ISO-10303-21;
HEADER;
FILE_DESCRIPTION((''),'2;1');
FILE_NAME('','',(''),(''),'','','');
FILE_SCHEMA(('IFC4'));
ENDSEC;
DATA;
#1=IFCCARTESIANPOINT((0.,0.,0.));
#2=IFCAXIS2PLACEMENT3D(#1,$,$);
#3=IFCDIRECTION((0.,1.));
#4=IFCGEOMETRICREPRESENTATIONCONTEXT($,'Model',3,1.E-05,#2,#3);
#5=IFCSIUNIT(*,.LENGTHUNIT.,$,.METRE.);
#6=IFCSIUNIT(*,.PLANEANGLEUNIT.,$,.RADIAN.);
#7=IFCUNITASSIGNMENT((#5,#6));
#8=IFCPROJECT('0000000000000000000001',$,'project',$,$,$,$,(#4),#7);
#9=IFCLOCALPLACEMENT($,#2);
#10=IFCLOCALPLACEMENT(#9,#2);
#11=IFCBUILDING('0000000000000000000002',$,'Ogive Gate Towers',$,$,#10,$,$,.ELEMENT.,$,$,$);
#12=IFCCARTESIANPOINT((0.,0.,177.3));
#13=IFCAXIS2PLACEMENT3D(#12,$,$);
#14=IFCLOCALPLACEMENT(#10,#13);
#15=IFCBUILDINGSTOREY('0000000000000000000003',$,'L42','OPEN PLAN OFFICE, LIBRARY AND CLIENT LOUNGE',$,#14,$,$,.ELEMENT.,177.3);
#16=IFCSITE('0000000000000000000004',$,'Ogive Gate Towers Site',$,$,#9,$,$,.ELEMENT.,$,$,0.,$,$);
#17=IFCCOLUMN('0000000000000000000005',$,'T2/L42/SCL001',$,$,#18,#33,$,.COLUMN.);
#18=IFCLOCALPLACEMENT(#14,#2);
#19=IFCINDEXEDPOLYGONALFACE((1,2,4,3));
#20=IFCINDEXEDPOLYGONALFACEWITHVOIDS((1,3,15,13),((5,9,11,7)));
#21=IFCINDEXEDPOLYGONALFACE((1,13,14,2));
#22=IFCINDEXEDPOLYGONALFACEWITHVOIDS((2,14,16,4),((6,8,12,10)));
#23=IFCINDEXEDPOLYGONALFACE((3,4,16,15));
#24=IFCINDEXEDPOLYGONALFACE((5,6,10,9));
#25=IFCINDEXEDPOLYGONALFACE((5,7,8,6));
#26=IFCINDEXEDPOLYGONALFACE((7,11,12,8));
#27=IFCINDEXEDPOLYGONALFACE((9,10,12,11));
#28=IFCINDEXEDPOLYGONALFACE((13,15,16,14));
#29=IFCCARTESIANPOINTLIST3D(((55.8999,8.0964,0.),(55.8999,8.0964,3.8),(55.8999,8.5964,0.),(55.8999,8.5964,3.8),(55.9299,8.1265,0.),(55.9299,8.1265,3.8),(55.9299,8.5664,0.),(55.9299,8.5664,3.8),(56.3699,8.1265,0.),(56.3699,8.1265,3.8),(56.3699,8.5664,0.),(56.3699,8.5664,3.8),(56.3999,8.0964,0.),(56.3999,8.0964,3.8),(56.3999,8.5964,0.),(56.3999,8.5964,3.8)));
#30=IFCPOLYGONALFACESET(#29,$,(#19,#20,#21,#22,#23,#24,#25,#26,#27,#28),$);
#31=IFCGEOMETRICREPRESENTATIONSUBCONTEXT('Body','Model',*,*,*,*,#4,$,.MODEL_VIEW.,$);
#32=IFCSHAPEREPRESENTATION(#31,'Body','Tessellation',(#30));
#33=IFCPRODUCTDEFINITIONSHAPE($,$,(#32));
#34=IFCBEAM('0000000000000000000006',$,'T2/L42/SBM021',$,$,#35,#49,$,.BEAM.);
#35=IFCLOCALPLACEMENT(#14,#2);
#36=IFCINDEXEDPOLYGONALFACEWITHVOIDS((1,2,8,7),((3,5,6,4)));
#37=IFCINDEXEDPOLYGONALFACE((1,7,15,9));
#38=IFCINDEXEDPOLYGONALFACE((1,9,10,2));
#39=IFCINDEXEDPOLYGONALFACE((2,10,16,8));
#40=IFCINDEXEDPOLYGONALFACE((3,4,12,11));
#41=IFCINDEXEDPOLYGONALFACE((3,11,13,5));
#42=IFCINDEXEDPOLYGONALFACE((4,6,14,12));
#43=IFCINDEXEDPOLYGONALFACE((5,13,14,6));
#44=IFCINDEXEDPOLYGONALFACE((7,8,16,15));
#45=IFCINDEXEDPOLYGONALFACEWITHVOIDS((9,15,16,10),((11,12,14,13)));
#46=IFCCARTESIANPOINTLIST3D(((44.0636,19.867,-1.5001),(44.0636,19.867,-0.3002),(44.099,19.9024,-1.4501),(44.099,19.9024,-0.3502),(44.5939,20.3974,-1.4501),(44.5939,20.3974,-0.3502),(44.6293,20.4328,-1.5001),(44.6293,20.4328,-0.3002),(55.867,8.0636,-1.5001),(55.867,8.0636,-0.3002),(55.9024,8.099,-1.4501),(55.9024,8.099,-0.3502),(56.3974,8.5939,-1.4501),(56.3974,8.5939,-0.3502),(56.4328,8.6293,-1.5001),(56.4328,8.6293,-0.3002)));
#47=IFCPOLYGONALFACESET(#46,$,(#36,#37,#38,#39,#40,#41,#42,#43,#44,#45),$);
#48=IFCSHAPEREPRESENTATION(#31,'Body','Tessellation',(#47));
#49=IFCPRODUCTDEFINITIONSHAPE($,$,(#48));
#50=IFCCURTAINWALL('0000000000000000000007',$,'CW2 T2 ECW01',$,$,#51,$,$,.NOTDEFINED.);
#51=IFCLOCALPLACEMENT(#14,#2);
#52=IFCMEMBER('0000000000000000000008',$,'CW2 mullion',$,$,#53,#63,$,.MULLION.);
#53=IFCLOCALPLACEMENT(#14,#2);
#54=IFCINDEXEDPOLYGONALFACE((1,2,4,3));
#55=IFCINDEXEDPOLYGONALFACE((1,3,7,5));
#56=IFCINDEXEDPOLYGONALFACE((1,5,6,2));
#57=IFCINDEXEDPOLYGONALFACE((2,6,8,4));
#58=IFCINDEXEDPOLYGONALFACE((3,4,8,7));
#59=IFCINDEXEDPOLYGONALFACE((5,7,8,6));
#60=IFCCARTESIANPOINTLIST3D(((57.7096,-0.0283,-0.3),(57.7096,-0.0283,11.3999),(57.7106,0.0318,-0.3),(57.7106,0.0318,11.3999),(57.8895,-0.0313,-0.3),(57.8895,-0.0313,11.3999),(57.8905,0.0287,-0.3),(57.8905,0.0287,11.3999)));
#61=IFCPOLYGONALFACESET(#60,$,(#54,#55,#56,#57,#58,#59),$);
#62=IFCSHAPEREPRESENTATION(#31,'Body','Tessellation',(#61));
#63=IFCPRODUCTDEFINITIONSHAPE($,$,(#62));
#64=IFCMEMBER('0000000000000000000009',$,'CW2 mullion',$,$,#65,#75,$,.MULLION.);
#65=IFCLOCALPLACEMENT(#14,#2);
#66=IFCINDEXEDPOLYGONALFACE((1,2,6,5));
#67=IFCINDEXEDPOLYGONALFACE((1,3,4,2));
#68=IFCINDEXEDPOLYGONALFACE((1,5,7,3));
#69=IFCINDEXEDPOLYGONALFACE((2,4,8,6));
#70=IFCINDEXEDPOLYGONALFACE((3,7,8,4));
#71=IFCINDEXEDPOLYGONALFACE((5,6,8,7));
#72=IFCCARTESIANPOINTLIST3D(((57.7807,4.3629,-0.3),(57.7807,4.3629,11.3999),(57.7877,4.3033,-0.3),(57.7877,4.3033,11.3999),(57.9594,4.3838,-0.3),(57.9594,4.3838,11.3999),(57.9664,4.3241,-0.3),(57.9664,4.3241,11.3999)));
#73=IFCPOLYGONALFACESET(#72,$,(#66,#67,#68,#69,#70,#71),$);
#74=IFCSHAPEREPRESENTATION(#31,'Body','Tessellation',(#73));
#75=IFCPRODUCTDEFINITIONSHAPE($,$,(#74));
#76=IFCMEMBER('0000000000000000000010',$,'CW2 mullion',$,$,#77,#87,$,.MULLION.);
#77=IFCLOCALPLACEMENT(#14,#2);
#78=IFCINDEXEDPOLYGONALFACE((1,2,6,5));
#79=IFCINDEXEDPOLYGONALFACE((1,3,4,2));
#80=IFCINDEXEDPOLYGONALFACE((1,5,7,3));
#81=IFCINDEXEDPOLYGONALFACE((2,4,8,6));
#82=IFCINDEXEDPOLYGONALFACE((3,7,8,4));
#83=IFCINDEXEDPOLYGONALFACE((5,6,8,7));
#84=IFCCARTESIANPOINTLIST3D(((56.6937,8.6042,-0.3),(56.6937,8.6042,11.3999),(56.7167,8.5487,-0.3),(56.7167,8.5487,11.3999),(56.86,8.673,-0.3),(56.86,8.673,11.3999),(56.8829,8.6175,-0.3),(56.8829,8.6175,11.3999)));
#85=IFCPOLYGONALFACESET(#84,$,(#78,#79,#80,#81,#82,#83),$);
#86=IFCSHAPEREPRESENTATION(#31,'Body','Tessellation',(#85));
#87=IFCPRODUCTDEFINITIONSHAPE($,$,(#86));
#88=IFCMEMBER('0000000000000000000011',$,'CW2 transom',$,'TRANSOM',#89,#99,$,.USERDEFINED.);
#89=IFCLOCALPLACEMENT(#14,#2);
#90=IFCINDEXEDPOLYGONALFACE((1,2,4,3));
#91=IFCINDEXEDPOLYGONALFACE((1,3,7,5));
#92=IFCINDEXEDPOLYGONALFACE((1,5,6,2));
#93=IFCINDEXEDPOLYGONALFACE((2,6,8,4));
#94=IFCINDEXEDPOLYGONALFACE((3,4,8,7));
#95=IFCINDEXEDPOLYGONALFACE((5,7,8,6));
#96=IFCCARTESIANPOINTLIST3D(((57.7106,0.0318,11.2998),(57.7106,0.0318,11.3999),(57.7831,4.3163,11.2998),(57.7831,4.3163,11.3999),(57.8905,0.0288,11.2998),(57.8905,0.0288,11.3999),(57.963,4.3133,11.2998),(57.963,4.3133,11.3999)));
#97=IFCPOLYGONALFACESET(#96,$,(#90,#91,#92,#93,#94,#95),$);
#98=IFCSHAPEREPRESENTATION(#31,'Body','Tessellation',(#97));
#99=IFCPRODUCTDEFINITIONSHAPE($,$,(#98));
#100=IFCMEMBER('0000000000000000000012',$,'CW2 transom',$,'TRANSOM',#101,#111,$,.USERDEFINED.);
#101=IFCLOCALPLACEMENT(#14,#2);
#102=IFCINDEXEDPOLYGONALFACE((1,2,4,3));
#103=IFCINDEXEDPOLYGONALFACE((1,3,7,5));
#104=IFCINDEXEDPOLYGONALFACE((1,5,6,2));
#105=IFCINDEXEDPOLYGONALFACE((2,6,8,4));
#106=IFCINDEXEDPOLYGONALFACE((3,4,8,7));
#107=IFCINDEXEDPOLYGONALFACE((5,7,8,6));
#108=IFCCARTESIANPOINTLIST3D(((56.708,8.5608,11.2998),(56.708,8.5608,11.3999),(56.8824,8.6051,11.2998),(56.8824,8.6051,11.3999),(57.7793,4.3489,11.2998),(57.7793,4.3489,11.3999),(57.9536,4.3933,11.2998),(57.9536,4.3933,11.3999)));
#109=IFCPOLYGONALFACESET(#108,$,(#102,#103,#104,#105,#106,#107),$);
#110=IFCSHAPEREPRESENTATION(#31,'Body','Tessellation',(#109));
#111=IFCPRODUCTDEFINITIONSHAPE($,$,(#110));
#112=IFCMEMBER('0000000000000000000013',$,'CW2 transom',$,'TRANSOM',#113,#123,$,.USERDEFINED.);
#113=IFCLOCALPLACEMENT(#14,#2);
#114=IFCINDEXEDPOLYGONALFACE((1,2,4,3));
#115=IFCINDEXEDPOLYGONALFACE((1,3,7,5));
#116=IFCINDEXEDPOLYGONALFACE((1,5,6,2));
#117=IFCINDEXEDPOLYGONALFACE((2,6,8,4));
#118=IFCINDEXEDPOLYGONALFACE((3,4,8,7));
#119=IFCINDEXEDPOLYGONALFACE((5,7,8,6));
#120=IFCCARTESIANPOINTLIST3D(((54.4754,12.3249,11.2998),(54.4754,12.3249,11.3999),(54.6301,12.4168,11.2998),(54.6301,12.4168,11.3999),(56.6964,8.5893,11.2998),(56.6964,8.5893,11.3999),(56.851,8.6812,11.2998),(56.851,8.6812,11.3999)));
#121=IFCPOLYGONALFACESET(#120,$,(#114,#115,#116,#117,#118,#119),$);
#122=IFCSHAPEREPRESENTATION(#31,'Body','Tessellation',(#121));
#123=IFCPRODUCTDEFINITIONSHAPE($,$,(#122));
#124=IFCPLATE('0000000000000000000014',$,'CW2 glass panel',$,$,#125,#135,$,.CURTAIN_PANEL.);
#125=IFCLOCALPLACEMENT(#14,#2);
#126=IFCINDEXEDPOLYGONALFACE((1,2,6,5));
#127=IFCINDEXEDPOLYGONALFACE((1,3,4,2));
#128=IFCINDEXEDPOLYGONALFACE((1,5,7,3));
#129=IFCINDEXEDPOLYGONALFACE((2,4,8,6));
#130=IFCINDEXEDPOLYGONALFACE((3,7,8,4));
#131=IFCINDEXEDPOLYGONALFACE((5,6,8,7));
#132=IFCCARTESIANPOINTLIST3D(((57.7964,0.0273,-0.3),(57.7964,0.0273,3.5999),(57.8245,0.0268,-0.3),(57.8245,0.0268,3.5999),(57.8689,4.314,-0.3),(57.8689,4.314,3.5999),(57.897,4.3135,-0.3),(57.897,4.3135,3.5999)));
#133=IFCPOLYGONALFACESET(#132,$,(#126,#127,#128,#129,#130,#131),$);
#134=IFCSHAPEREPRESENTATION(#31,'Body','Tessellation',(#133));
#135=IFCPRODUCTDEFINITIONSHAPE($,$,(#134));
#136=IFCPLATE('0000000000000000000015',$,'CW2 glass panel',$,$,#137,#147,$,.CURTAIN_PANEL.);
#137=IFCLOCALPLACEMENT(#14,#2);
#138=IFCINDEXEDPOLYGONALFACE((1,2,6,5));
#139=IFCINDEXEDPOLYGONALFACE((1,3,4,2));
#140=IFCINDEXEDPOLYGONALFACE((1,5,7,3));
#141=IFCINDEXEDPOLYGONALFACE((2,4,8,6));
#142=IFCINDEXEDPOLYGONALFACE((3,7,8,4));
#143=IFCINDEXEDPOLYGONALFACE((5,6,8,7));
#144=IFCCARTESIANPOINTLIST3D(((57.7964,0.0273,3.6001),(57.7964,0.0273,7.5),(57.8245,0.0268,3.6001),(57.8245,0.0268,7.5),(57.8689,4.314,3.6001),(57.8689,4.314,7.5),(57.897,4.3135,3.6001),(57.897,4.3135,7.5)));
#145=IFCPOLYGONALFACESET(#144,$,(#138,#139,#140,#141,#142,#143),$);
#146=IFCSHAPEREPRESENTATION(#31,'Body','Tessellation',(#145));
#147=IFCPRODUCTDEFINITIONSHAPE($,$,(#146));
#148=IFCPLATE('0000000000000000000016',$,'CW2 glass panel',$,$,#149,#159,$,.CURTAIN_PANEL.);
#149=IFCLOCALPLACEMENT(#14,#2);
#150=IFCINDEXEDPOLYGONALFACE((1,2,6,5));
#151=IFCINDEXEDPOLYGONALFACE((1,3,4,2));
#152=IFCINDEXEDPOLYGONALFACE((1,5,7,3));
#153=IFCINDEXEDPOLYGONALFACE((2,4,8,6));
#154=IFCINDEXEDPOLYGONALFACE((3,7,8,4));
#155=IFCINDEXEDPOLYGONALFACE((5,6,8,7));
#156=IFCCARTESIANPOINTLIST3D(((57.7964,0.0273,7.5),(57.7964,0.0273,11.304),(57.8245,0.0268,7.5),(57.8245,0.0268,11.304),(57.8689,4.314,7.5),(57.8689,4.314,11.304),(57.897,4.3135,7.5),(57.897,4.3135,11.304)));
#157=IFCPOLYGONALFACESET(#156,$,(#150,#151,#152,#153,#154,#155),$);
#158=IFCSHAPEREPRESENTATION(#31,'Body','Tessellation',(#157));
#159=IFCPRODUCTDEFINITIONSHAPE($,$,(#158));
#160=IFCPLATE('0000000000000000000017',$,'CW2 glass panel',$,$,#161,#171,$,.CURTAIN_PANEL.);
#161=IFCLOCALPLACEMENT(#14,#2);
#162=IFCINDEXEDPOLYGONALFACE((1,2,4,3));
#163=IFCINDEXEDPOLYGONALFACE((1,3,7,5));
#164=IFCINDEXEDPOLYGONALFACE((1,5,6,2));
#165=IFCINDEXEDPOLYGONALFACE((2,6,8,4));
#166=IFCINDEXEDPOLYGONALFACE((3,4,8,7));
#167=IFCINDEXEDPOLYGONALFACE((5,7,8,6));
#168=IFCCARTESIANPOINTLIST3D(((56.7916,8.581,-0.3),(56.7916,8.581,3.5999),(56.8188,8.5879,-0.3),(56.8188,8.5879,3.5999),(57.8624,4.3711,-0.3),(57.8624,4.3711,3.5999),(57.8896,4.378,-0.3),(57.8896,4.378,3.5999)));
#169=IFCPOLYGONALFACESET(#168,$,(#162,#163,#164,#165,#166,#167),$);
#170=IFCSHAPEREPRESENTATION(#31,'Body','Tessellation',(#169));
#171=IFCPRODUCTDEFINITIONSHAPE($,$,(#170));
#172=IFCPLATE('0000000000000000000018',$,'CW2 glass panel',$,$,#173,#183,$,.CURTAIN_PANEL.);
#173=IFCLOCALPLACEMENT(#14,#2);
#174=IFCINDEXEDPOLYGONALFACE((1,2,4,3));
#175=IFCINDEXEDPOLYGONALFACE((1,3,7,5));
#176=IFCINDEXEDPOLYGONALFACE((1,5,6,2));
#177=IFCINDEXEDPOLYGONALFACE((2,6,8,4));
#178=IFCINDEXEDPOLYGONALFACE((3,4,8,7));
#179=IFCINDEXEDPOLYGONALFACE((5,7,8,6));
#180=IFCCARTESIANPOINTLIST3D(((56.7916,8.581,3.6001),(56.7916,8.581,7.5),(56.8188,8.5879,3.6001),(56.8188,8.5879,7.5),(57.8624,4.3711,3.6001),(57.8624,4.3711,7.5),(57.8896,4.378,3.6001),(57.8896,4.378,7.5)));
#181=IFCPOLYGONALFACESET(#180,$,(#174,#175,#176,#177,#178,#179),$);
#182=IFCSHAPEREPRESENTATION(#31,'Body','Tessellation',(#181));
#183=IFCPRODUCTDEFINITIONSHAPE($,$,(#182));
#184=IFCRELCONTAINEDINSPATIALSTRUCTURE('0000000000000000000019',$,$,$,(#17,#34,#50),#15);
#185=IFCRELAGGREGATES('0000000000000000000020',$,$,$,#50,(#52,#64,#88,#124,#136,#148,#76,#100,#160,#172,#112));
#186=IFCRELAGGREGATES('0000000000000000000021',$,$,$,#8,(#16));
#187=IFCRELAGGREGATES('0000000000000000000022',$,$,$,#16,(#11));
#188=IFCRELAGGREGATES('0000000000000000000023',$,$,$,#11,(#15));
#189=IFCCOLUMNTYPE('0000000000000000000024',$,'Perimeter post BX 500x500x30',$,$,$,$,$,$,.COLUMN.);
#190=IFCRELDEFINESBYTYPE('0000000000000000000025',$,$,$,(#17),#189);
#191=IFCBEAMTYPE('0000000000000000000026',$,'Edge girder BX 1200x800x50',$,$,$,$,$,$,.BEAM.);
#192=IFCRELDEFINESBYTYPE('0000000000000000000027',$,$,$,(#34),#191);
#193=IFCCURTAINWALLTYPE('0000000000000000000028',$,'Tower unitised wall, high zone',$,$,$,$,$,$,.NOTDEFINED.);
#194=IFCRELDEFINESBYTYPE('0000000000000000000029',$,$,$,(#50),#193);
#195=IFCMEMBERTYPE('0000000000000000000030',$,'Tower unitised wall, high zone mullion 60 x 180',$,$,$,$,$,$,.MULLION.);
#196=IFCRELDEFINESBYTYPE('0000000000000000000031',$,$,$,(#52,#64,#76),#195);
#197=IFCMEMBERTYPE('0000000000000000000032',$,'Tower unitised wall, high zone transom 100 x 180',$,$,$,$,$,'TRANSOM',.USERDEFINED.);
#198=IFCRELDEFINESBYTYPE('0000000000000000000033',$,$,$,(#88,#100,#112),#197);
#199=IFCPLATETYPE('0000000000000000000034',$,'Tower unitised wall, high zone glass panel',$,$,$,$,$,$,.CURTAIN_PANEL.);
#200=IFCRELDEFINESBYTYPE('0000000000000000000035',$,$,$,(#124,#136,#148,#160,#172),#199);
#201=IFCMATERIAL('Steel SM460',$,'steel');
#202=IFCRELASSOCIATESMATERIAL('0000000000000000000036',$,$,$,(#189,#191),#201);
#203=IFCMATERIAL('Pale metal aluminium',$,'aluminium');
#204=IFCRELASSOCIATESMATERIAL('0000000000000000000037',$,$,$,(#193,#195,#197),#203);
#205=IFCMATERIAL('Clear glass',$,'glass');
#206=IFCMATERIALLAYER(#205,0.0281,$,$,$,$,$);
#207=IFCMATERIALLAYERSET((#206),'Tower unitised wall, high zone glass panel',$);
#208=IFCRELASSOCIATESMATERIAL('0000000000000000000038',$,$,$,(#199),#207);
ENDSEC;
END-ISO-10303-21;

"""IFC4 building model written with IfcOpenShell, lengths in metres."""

from ifc_helpers import new_model, si_unit, direction, frame, origin, origin_2d, place, context, subcontext, project, spatial, rectangle, hollow_rectangle, extrude, material, layer, layer_set, material_profile, profile_set, type_object, element, aggregate, save


model = new_model("IFC4")

# Units and contexts
model_context = context("Model", 3, precision=1e-05, world=origin(), true_north=direction((0.0, 1.0)))
body_context = subcontext(model_context, "Body", "Model", "MODEL_VIEW")
ifc_project = project(units=[si_unit("LENGTHUNIT", "METRE"), si_unit("PLANEANGLEUNIT", "RADIAN")], contexts=[model_context])

# Site, building, storey
site_placement = place(None, origin())
site = spatial("IfcSite", under=ifc_project, at=site_placement, Name="Ogive Gate Towers Site", CompositionType="ELEMENT", RefElevation=0.0)
building_placement = place(site_placement, origin())
building = spatial("IfcBuilding", under=site, at=building_placement, Name="Ogive Gate Towers", CompositionType="ELEMENT")
storey_placement = place(building_placement, frame((0.0, 0.0, 177.3)))
storey = spatial("IfcBuildingStorey", under=building, at=storey_placement, Name="L42", Description="OPEN PLAN OFFICE, LIBRARY AND CLIENT LOUNGE", CompositionType="ELEMENT", Elevation=177.3)

# Column
ifc_material_1 = material(Name="Steel SM460", Category="steel")
ifc_material_profile_1 = material_profile(ifc_material_1, hollow_rectangle(XDim=0.5, YDim=0.5, WallThickness=0.03, at=origin_2d()), Name="BX 500x500x30")
ifc_profile_set_1 = profile_set([ifc_material_profile_1], Name="Steel SM460")
column_type = type_object("IfcColumnType", Name="Perimeter post BX 500x500x30", PredefinedType="COLUMN", material=ifc_profile_set_1)
column_placement = place(storey_placement, frame((56.1499, 8.3464, 0.0), z_axis=(0.0, 0.0, 1.0), x_axis=(1.0, 0.0, 0.0)))
element("IfcColumn", 1, at=column_placement, inside=storey, type_object=column_type, Name="T2/L42/SCL001", PredefinedType="COLUMN", context=body_context, shape_type="SweptSolid", body=[
    extrude(hollow_rectangle(XDim=0.5, YDim=0.5, WallThickness=0.03, at=origin_2d()), origin(), (0.0, 0.0, 1.0), 3.8),
])

# Beam
ifc_material_profile_2 = material_profile(ifc_material_1, hollow_rectangle(XDim=0.8, YDim=1.2, WallThickness=0.05, at=origin_2d()), Name="BX 1200x800x50")
ifc_profile_set_2 = profile_set([ifc_material_profile_2], Name="Steel SM460")
beam_type = type_object("IfcBeamType", Name="Edge girder BX 1200x800x50", PredefinedType="BEAM", material=ifc_profile_set_2)
beam_placement = place(storey_placement, frame((56.1499, 8.3464, -0.9001), z_axis=(-0.707107, 0.707107, 0.0), x_axis=(-0.707107, -0.707107, 0.0)))
element("IfcBeam", 2, at=beam_placement, inside=storey, type_object=beam_type, Name="T2/L42/SBM021", PredefinedType="BEAM", context=body_context, shape_type="SweptSolid", body=[
    extrude(hollow_rectangle(XDim=0.8, YDim=1.2, WallThickness=0.05, at=origin_2d()), origin(), (0.0, 0.0, 1.0), 16.6926),
])

# Curtain wall, members, plates
ifc_material_2 = material(Name="Pale metal aluminium", Category="aluminium")
curtain_wall_type = type_object("IfcCurtainWallType", Name="Tower unitised wall, high zone", PredefinedType="NOTDEFINED", material=ifc_material_2)
curtain_wall_placement = place(storey_placement, origin())
curtain_wall = element("IfcCurtainWall", 3, at=curtain_wall_placement, inside=storey, type_object=curtain_wall_type, Name="CW2 T2 ECW01", PredefinedType="NOTDEFINED")
ifc_material_profile_3 = material_profile(ifc_material_2, rectangle(XDim=0.1799, YDim=0.0601, at=origin_2d()), Name="60 x 180 aluminium box")
ifc_profile_set_3 = profile_set([ifc_material_profile_3], Name="Pale metal aluminium")
member_type_1 = type_object("IfcMemberType", Name="Tower unitised wall, high zone mullion 60 x 180", PredefinedType="MULLION", material=ifc_profile_set_3)
member_1_placement = place(storey_placement, frame((57.8, 0.0002, -0.3), z_axis=(0.0, 0.0, 1.0), x_axis=(0.999857, -0.016911, 0.0)))
member_1 = element("IfcMember", 4, at=member_1_placement, type_object=member_type_1, Name="CW2 mullion", PredefinedType="MULLION", context=body_context, shape_type="SweptSolid", body=[
    extrude(rectangle(XDim=0.1799, YDim=0.0601, at=origin_2d()), origin(), (0.0, 0.0, 1.0), 11.7),
])
member_2_placement = place(storey_placement, frame((57.8735, 4.3435, -0.3), z_axis=(0.0, 0.0, 1.0), x_axis=(0.993272, 0.115804, 0.0)))
member_2 = element("IfcMember", 5, at=member_2_placement, type_object=member_type_1, Name="CW2 mullion", PredefinedType="MULLION", context=body_context, shape_type="SweptSolid", body=[
    extrude(rectangle(XDim=0.1799, YDim=0.0601, at=origin_2d()), origin(), (0.0, 0.0, 1.0), 11.7),
])
member_3_placement = place(storey_placement, frame((56.7883, 8.6108, -0.3), z_axis=(0.0, 0.0, 1.0), x_axis=(0.92388, 0.382683, 0.0)))
member_3 = element("IfcMember", 6, at=member_3_placement, type_object=member_type_1, Name="CW2 mullion", PredefinedType="MULLION", context=body_context, shape_type="SweptSolid", body=[
    extrude(rectangle(XDim=0.1799, YDim=0.0601, at=origin_2d()), origin(), (0.0, 0.0, 1.0), 11.7),
])
ifc_material_profile_4 = material_profile(ifc_material_2, rectangle(XDim=0.1799, YDim=0.1001, at=origin_2d()), Name="100 x 180 aluminium box")
ifc_profile_set_4 = profile_set([ifc_material_profile_4], Name="Pale metal aluminium")
member_type_2 = type_object("IfcMemberType", Name="Tower unitised wall, high zone transom 100 x 180", ElementType="TRANSOM", PredefinedType="USERDEFINED", material=ifc_profile_set_4)
member_4_placement = place(storey_placement, frame((57.8005, 0.0303, 11.3499), z_axis=(0.016922, 0.999857, 0.0), x_axis=(-0.999857, 0.016922, 0.0)))
member_4 = element("IfcMember", 7, at=member_4_placement, type_object=member_type_2, Name="CW2 transom", ObjectType="TRANSOM", PredefinedType="USERDEFINED", context=body_context, shape_type="SweptSolid", body=[
    extrude(rectangle(XDim=0.1799, YDim=0.1001, at=origin_2d()), origin(), (0.0, 0.0, 1.0), 4.2852),
])
member_5_placement = place(storey_placement, frame((57.8665, 4.3711, 11.3499), z_axis=(-0.246499, 0.969143, 0.0), x_axis=(-0.969143, -0.246499, 0.0)))
member_5 = element("IfcMember", 8, at=member_5_placement, type_object=member_type_2, Name="CW2 transom", ObjectType="TRANSOM", PredefinedType="USERDEFINED", context=body_context, shape_type="SweptSolid", body=[
    extrude(rectangle(XDim=0.1799, YDim=0.1001, at=origin_2d()), origin(), (0.0, 0.0, 1.0), 4.3459),
])
member_6_placement = place(storey_placement, frame((56.7737, 8.6353, 11.3499), z_axis=(-0.511038, 0.859558, 0.0), x_axis=(-0.859558, -0.511038, 0.0)))
member_6 = element("IfcMember", 9, at=member_6_placement, type_object=member_type_2, Name="CW2 transom", ObjectType="TRANSOM", PredefinedType="USERDEFINED", context=body_context, shape_type="SweptSolid", body=[
    extrude(rectangle(XDim=0.1799, YDim=0.1001, at=origin_2d()), origin(), (0.0, 0.0, 1.0), 4.3459),
])
ifc_material_3 = material(Name="Clear glass", Category="glass")
ifc_layer_1 = layer(ifc_material_3, 0.0281)
ifc_layer_set_1 = layer_set([ifc_layer_1], Name="Tower unitised wall, high zone glass panel")
plate_type = type_object("IfcPlateType", Name="Tower unitised wall, high zone glass panel", PredefinedType="CURTAIN_PANEL", material=ifc_layer_set_1)
plate_1_placement = place(storey_placement, frame((57.8467, 2.1704, -0.3), z_axis=(0.0, 0.0, 1.0), x_axis=(0.016911, 0.999857, 0.0)))
plate_1 = element("IfcPlate", 10, at=plate_1_placement, type_object=plate_type, Name="CW2 glass panel", PredefinedType="CURTAIN_PANEL", context=body_context, shape_type="SweptSolid", body=[
    extrude(rectangle(XDim=4.2874, YDim=0.0281, at=origin_2d()), origin(), (0.0, 0.0, 1.0), 3.8999),
])
plate_2_placement = place(storey_placement, frame((57.8467, 2.1704, 3.6001), z_axis=(0.0, 0.0, 1.0), x_axis=(0.016911, 0.999857, 0.0)))
plate_2 = element("IfcPlate", 11, at=plate_2_placement, type_object=plate_type, Name="CW2 glass panel", PredefinedType="CURTAIN_PANEL", context=body_context, shape_type="SweptSolid", body=[
    extrude(rectangle(XDim=4.2874, YDim=0.0281, at=origin_2d()), origin(), (0.0, 0.0, 1.0), 3.8999),
])
plate_3_placement = place(storey_placement, frame((57.8467, 2.1704, 7.5), z_axis=(0.0, 0.0, 1.0), x_axis=(0.016911, 0.999857, 0.0)))
plate_3 = element("IfcPlate", 12, at=plate_3_placement, type_object=plate_type, Name="CW2 glass panel", PredefinedType="CURTAIN_PANEL", context=body_context, shape_type="SweptSolid", body=[
    extrude(rectangle(XDim=4.2874, YDim=0.0281, at=origin_2d()), origin(), (0.0, 0.0, 1.0), 3.804),
])
plate_4_placement = place(storey_placement, frame((57.3406, 6.4795, -0.3), z_axis=(0.0, 0.0, 1.0), x_axis=(-0.246492, 0.969145, 0.0)))
plate_4 = element("IfcPlate", 13, at=plate_4_placement, type_object=plate_type, Name="CW2 glass panel", PredefinedType="CURTAIN_PANEL", context=body_context, shape_type="SweptSolid", body=[
    extrude(rectangle(XDim=4.344, YDim=0.0281, at=origin_2d()), origin(), (0.0, 0.0, 1.0), 3.8999),
])
plate_5_placement = place(storey_placement, frame((57.3406, 6.4795, 3.6001), z_axis=(0.0, 0.0, 1.0), x_axis=(-0.246492, 0.969145, 0.0)))
plate_5 = element("IfcPlate", 14, at=plate_5_placement, type_object=plate_type, Name="CW2 glass panel", PredefinedType="CURTAIN_PANEL", context=body_context, shape_type="SweptSolid", body=[
    extrude(rectangle(XDim=4.344, YDim=0.0281, at=origin_2d()), origin(), (0.0, 0.0, 1.0), 3.8999),
])
aggregate(curtain_wall, [member_1, member_2, member_4, plate_1, plate_2, plate_3, member_3, member_5, plate_4, plate_5, member_6])

save(model, "model.ifc")
